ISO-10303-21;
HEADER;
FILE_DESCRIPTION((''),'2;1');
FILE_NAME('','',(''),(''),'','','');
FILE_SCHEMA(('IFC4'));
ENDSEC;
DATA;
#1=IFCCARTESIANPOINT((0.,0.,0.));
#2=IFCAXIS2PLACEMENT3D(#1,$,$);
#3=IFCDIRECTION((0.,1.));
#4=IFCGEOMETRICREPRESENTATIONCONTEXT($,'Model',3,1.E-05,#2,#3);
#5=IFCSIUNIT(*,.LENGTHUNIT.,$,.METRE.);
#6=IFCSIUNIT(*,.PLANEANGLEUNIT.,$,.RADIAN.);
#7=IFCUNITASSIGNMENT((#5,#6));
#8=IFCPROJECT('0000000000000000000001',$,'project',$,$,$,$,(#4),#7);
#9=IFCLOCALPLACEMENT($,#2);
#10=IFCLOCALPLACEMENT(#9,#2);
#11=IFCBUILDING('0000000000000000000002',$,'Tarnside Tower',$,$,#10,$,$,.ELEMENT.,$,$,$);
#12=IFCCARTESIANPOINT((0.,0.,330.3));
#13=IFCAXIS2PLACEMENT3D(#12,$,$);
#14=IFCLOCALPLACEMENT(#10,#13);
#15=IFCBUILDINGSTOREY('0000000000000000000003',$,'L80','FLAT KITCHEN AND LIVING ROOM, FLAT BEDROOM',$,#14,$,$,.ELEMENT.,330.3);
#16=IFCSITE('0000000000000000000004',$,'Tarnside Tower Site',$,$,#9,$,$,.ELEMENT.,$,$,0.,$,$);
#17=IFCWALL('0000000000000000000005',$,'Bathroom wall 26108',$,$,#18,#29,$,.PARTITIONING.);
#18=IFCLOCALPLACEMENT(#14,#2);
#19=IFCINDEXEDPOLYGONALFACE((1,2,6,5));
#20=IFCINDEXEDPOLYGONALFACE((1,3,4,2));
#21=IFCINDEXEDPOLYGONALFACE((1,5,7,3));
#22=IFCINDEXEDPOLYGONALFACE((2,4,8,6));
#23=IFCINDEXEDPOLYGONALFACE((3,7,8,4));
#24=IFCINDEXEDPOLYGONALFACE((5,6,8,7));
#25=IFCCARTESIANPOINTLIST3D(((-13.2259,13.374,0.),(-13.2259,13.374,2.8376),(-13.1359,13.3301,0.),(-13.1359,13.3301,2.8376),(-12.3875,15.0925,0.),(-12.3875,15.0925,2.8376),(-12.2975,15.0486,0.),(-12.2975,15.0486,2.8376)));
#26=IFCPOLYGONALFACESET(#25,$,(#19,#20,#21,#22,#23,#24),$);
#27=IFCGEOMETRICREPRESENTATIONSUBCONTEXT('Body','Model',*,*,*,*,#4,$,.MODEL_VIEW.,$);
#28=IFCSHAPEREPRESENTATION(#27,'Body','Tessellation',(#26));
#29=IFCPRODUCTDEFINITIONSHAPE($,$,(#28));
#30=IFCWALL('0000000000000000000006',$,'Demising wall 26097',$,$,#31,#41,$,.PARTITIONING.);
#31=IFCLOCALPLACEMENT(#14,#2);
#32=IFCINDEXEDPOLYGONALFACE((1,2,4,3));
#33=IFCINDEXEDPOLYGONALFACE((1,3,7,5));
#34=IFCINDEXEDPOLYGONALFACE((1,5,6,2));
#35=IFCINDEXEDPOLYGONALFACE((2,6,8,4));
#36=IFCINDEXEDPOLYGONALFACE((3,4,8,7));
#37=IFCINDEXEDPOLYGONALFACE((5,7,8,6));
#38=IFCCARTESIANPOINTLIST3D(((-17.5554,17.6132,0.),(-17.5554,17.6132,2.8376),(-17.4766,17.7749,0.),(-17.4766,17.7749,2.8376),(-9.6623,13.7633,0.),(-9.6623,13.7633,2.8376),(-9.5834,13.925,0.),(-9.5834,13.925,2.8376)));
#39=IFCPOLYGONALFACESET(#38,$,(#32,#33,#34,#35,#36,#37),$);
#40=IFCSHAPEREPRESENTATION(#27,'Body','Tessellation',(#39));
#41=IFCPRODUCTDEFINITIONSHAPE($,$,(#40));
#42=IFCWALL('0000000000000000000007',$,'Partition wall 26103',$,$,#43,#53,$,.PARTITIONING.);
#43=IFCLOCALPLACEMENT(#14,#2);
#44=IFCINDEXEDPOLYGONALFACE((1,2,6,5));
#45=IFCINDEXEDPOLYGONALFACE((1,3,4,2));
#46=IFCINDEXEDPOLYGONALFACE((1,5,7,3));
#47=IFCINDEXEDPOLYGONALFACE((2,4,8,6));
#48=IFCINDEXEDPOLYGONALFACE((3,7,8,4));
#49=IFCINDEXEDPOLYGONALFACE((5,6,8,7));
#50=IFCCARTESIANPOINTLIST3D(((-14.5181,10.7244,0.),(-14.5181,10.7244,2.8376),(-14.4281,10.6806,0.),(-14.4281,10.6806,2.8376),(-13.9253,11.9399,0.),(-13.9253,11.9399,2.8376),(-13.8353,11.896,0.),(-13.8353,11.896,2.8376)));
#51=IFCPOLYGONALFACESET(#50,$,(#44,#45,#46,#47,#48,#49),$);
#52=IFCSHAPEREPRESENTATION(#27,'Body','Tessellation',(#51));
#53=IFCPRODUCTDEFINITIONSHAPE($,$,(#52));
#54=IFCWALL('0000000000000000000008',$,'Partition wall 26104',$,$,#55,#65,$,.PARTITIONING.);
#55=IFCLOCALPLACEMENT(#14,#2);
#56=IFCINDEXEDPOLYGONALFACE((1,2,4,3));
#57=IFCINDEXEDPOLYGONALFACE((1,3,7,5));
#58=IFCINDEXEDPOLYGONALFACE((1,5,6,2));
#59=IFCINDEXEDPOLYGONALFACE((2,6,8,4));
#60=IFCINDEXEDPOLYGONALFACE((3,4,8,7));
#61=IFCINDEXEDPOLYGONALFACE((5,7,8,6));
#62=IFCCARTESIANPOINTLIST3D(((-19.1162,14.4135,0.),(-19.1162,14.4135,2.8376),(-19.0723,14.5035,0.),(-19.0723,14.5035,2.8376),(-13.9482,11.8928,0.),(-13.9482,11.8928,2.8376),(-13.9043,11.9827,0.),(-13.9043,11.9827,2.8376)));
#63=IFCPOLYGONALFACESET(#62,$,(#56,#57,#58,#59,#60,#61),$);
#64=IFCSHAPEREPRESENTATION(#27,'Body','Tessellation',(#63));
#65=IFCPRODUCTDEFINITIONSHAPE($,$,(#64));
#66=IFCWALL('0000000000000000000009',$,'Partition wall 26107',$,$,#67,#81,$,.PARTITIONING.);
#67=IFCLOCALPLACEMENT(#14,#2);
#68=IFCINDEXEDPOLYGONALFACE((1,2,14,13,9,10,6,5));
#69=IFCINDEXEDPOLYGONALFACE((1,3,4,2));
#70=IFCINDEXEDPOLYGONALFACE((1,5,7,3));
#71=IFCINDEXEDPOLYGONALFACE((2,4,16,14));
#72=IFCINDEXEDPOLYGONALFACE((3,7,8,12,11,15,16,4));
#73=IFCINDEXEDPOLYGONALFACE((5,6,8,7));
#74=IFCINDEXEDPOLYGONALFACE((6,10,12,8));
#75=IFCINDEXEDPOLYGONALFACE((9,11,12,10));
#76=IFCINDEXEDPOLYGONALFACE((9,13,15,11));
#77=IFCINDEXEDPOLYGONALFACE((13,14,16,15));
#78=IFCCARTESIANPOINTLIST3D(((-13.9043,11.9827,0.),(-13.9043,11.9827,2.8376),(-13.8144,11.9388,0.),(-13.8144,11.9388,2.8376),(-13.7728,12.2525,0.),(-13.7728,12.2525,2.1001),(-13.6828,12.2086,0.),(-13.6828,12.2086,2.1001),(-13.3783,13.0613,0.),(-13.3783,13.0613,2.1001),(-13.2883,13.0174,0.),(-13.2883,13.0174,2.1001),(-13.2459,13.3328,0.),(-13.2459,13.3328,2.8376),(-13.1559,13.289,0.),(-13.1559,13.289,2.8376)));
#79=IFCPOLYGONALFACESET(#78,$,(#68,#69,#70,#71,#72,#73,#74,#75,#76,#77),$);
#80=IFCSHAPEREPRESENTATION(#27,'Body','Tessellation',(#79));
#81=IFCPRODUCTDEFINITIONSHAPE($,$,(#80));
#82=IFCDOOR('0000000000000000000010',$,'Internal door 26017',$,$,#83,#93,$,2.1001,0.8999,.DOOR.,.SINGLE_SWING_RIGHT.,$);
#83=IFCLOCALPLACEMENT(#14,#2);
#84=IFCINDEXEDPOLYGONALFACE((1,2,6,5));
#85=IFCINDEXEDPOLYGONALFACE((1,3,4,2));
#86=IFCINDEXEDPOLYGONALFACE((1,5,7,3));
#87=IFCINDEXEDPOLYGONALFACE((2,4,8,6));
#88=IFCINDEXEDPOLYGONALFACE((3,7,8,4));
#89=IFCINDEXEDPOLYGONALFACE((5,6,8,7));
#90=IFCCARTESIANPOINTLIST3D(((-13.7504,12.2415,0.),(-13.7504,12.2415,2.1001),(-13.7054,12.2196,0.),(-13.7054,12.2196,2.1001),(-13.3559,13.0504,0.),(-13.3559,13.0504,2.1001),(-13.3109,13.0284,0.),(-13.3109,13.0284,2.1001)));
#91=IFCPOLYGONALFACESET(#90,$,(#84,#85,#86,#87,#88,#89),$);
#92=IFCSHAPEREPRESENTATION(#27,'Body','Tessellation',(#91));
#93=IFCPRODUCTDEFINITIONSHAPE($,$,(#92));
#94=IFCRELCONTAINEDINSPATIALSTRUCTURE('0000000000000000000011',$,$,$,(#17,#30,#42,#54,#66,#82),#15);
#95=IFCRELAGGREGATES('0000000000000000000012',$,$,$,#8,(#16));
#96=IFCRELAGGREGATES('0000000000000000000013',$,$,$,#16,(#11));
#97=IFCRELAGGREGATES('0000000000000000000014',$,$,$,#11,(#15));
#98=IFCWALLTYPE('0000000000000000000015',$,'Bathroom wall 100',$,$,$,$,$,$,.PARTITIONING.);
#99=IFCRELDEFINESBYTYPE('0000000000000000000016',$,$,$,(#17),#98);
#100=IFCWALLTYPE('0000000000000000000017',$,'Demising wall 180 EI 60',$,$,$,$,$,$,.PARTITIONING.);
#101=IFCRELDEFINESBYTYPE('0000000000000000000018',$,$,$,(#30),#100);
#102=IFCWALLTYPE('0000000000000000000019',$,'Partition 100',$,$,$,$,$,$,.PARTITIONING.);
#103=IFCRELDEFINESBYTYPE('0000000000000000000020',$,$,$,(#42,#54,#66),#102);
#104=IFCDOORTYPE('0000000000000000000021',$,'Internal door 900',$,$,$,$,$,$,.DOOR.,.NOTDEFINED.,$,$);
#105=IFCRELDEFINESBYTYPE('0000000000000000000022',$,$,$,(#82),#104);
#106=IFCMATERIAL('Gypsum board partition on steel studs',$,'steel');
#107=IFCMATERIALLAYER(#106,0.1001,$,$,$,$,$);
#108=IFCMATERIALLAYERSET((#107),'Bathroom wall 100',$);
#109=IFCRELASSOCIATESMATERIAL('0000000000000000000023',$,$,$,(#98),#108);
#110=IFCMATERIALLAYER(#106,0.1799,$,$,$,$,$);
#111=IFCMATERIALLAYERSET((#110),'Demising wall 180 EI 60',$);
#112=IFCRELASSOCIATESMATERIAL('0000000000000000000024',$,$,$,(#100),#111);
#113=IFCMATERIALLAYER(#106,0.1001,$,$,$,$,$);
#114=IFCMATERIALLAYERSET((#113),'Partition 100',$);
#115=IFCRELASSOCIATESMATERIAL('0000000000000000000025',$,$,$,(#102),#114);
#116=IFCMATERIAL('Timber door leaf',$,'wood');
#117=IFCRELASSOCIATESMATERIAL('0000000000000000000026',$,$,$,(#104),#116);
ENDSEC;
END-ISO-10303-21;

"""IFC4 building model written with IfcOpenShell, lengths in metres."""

from ifc_helpers import new_model, si_unit, direction, frame, frame_2d, origin, place, context, subcontext, project, spatial, rectangle, extrude, material, layer, layer_set, type_object, element, fill, save


model = new_model("IFC4")

# Units and contexts
model_context = context("Model", 3, precision=1e-05, world=origin(), true_north=direction((0.0, 1.0)))
body_context = subcontext(model_context, "Body", "Model", "MODEL_VIEW")
ifc_project = project(units=[si_unit("LENGTHUNIT", "METRE"), si_unit("PLANEANGLEUNIT", "RADIAN")], contexts=[model_context])

# Site, building, storey
site_placement = place(None, origin())
site = spatial("IfcSite", under=ifc_project, at=site_placement, Name="Tarnside Tower Site", CompositionType="ELEMENT", RefElevation=0.0)
building_placement = place(site_placement, origin())
building = spatial("IfcBuilding", under=site, at=building_placement, Name="Tarnside Tower", CompositionType="ELEMENT")
storey_placement = place(building_placement, frame((0.0, 0.0, 330.3)))
storey = spatial("IfcBuildingStorey", under=building, at=storey_placement, Name="L80", Description="FLAT KITCHEN AND LIVING ROOM, FLAT BEDROOM", CompositionType="ELEMENT", Elevation=330.3)

# Walls
ifc_material_1 = material(Name="Gypsum board partition on steel studs", Category="steel")
ifc_layer_1 = layer(ifc_material_1, 0.1001)
ifc_layer_set_1 = layer_set([ifc_layer_1], Name="Bathroom wall 100")
wall_type_1 = type_object("IfcWallType", Name="Bathroom wall 100", PredefinedType="PARTITIONING", material=ifc_layer_set_1)
wall_1_placement = place(storey_placement, frame((-12.3425, 15.0706, 0.0), z_axis=(0.0, 0.0, 1.0), x_axis=(-0.438459, -0.898751, 0.0)))
element("IfcWall", 1, at=wall_1_placement, inside=storey, type_object=wall_type_1, Name="Bathroom wall 26108", PredefinedType="PARTITIONING", context=body_context, shape_type="SweptSolid", body=[
    extrude(rectangle(XDim=1.9121, YDim=0.1001, at=frame_2d((0.9561, 0.0))), origin(), (0.0, 0.0, 1.0), 2.8376),
])
ifc_layer_2 = layer(ifc_material_1, 0.1799)
ifc_layer_set_2 = layer_set([ifc_layer_2], Name="Demising wall 180 EI 60")
wall_type_2 = type_object("IfcWallType", Name="Demising wall 180 EI 60", PredefinedType="PARTITIONING", material=ifc_layer_set_2)
wall_2_placement = place(storey_placement, frame((-17.5161, 17.6941, 0.0), z_axis=(0.0, 0.0, 1.0), x_axis=(0.898787, -0.438385, 0.0)))
element("IfcWall", 2, at=wall_2_placement, inside=storey, type_object=wall_type_2, Name="Demising wall 26097", PredefinedType="PARTITIONING", context=body_context, shape_type="SweptSolid", body=[
    extrude(rectangle(XDim=8.782, YDim=0.1799, at=frame_2d((4.3911, 0.0))), origin(), (0.0, 0.0, 1.0), 2.8376),
])
ifc_layer_3 = layer(ifc_material_1, 0.1001)
ifc_layer_set_3 = layer_set([ifc_layer_3], Name="Partition 100")
wall_type_3 = type_object("IfcWallType", Name="Partition 100", PredefinedType="PARTITIONING", material=ifc_layer_set_3)
wall_3_placement = place(storey_placement, frame((-14.4731, 10.7024, 0.0), z_axis=(0.0, 0.0, 1.0), x_axis=(0.438381, 0.898789, 0.0)))
element("IfcWall", 3, at=wall_3_placement, inside=storey, type_object=wall_type_3, Name="Partition wall 26103", PredefinedType="PARTITIONING", context=body_context, shape_type="SweptSolid", body=[
    extrude(rectangle(XDim=1.3523, YDim=0.1001, at=frame_2d((0.6763, 0.0))), origin(), (0.0, 0.0, 1.0), 2.8376),
])
wall_4_placement = place(storey_placement, frame((-13.9263, 11.9377, 0.0), z_axis=(0.0, 0.0, 1.0), x_axis=(-0.898783, 0.438394, 0.0)))
element("IfcWall", 4, at=wall_4_placement, inside=storey, type_object=wall_type_3, Name="Partition wall 26104", PredefinedType="PARTITIONING", context=body_context, shape_type="SweptSolid", body=[
    extrude(rectangle(XDim=5.75, YDim=0.1001, at=frame_2d((2.875, 0.0))), origin(), (0.0, 0.0, 1.0), 2.8376),
])

# Wall, opening, door
wall_5_placement = place(storey_placement, frame((-13.2009, 13.3108, 0.0), z_axis=(0.0, 0.0, 1.0), x_axis=(-0.43835, -0.898804, 0.0)))
wall_5 = element("IfcWall", 5, at=wall_5_placement, inside=storey, type_object=wall_type_3, Name="Partition wall 26107", PredefinedType="PARTITIONING", context=body_context, shape_type="SweptSolid", body=[
    extrude(rectangle(XDim=1.5022, YDim=0.1001, at=frame_2d((0.751, 0.0))), origin(), (0.0, 0.0, 1.0), 2.8376),
])
opening_placement = place(wall_5_placement, frame((0.302, 0.0, 0.0)))
opening = element("IfcOpeningElement", 6, at=opening_placement, cuts=wall_5, PredefinedType="OPENING", context=body_context, shape_type="SweptSolid", body=[
    extrude(rectangle(XDim=0.8999, YDim=2.1001, at=frame_2d((0.45, 1.05))), frame((0.0, 0.0601, 0.0), z_axis=(0.0, -1.0, 0.0), x_axis=(1.0, 0.0, 0.0)), (0.0, 0.0, 1.0), 0.1201),
])
ifc_material_2 = material(Name="Timber door leaf", Category="wood")
door_type = type_object("IfcDoorType", Name="Internal door 900", OperationType="NOTDEFINED", PredefinedType="DOOR", material=ifc_material_2)
door_placement = place(opening_placement, origin())
door = element("IfcDoor", 7, at=door_placement, inside=storey, type_object=door_type, Name="Internal door 26017", OperationType="SINGLE_SWING_RIGHT", OverallHeight=2.1001, OverallWidth=0.8999, PredefinedType="DOOR", context=body_context, shape_type="SweptSolid", body=[
    extrude(rectangle(XDim=0.8999, YDim=2.1001, at=frame_2d((0.45, 1.05))), frame((0.0, 0.0249, 0.0), z_axis=(0.0, -1.0, 0.0), x_axis=(1.0, 0.0, 0.0)), (0.0, 0.0, 1.0), 0.05),
])
fill(opening, door)

save(model, "model.ifc")
